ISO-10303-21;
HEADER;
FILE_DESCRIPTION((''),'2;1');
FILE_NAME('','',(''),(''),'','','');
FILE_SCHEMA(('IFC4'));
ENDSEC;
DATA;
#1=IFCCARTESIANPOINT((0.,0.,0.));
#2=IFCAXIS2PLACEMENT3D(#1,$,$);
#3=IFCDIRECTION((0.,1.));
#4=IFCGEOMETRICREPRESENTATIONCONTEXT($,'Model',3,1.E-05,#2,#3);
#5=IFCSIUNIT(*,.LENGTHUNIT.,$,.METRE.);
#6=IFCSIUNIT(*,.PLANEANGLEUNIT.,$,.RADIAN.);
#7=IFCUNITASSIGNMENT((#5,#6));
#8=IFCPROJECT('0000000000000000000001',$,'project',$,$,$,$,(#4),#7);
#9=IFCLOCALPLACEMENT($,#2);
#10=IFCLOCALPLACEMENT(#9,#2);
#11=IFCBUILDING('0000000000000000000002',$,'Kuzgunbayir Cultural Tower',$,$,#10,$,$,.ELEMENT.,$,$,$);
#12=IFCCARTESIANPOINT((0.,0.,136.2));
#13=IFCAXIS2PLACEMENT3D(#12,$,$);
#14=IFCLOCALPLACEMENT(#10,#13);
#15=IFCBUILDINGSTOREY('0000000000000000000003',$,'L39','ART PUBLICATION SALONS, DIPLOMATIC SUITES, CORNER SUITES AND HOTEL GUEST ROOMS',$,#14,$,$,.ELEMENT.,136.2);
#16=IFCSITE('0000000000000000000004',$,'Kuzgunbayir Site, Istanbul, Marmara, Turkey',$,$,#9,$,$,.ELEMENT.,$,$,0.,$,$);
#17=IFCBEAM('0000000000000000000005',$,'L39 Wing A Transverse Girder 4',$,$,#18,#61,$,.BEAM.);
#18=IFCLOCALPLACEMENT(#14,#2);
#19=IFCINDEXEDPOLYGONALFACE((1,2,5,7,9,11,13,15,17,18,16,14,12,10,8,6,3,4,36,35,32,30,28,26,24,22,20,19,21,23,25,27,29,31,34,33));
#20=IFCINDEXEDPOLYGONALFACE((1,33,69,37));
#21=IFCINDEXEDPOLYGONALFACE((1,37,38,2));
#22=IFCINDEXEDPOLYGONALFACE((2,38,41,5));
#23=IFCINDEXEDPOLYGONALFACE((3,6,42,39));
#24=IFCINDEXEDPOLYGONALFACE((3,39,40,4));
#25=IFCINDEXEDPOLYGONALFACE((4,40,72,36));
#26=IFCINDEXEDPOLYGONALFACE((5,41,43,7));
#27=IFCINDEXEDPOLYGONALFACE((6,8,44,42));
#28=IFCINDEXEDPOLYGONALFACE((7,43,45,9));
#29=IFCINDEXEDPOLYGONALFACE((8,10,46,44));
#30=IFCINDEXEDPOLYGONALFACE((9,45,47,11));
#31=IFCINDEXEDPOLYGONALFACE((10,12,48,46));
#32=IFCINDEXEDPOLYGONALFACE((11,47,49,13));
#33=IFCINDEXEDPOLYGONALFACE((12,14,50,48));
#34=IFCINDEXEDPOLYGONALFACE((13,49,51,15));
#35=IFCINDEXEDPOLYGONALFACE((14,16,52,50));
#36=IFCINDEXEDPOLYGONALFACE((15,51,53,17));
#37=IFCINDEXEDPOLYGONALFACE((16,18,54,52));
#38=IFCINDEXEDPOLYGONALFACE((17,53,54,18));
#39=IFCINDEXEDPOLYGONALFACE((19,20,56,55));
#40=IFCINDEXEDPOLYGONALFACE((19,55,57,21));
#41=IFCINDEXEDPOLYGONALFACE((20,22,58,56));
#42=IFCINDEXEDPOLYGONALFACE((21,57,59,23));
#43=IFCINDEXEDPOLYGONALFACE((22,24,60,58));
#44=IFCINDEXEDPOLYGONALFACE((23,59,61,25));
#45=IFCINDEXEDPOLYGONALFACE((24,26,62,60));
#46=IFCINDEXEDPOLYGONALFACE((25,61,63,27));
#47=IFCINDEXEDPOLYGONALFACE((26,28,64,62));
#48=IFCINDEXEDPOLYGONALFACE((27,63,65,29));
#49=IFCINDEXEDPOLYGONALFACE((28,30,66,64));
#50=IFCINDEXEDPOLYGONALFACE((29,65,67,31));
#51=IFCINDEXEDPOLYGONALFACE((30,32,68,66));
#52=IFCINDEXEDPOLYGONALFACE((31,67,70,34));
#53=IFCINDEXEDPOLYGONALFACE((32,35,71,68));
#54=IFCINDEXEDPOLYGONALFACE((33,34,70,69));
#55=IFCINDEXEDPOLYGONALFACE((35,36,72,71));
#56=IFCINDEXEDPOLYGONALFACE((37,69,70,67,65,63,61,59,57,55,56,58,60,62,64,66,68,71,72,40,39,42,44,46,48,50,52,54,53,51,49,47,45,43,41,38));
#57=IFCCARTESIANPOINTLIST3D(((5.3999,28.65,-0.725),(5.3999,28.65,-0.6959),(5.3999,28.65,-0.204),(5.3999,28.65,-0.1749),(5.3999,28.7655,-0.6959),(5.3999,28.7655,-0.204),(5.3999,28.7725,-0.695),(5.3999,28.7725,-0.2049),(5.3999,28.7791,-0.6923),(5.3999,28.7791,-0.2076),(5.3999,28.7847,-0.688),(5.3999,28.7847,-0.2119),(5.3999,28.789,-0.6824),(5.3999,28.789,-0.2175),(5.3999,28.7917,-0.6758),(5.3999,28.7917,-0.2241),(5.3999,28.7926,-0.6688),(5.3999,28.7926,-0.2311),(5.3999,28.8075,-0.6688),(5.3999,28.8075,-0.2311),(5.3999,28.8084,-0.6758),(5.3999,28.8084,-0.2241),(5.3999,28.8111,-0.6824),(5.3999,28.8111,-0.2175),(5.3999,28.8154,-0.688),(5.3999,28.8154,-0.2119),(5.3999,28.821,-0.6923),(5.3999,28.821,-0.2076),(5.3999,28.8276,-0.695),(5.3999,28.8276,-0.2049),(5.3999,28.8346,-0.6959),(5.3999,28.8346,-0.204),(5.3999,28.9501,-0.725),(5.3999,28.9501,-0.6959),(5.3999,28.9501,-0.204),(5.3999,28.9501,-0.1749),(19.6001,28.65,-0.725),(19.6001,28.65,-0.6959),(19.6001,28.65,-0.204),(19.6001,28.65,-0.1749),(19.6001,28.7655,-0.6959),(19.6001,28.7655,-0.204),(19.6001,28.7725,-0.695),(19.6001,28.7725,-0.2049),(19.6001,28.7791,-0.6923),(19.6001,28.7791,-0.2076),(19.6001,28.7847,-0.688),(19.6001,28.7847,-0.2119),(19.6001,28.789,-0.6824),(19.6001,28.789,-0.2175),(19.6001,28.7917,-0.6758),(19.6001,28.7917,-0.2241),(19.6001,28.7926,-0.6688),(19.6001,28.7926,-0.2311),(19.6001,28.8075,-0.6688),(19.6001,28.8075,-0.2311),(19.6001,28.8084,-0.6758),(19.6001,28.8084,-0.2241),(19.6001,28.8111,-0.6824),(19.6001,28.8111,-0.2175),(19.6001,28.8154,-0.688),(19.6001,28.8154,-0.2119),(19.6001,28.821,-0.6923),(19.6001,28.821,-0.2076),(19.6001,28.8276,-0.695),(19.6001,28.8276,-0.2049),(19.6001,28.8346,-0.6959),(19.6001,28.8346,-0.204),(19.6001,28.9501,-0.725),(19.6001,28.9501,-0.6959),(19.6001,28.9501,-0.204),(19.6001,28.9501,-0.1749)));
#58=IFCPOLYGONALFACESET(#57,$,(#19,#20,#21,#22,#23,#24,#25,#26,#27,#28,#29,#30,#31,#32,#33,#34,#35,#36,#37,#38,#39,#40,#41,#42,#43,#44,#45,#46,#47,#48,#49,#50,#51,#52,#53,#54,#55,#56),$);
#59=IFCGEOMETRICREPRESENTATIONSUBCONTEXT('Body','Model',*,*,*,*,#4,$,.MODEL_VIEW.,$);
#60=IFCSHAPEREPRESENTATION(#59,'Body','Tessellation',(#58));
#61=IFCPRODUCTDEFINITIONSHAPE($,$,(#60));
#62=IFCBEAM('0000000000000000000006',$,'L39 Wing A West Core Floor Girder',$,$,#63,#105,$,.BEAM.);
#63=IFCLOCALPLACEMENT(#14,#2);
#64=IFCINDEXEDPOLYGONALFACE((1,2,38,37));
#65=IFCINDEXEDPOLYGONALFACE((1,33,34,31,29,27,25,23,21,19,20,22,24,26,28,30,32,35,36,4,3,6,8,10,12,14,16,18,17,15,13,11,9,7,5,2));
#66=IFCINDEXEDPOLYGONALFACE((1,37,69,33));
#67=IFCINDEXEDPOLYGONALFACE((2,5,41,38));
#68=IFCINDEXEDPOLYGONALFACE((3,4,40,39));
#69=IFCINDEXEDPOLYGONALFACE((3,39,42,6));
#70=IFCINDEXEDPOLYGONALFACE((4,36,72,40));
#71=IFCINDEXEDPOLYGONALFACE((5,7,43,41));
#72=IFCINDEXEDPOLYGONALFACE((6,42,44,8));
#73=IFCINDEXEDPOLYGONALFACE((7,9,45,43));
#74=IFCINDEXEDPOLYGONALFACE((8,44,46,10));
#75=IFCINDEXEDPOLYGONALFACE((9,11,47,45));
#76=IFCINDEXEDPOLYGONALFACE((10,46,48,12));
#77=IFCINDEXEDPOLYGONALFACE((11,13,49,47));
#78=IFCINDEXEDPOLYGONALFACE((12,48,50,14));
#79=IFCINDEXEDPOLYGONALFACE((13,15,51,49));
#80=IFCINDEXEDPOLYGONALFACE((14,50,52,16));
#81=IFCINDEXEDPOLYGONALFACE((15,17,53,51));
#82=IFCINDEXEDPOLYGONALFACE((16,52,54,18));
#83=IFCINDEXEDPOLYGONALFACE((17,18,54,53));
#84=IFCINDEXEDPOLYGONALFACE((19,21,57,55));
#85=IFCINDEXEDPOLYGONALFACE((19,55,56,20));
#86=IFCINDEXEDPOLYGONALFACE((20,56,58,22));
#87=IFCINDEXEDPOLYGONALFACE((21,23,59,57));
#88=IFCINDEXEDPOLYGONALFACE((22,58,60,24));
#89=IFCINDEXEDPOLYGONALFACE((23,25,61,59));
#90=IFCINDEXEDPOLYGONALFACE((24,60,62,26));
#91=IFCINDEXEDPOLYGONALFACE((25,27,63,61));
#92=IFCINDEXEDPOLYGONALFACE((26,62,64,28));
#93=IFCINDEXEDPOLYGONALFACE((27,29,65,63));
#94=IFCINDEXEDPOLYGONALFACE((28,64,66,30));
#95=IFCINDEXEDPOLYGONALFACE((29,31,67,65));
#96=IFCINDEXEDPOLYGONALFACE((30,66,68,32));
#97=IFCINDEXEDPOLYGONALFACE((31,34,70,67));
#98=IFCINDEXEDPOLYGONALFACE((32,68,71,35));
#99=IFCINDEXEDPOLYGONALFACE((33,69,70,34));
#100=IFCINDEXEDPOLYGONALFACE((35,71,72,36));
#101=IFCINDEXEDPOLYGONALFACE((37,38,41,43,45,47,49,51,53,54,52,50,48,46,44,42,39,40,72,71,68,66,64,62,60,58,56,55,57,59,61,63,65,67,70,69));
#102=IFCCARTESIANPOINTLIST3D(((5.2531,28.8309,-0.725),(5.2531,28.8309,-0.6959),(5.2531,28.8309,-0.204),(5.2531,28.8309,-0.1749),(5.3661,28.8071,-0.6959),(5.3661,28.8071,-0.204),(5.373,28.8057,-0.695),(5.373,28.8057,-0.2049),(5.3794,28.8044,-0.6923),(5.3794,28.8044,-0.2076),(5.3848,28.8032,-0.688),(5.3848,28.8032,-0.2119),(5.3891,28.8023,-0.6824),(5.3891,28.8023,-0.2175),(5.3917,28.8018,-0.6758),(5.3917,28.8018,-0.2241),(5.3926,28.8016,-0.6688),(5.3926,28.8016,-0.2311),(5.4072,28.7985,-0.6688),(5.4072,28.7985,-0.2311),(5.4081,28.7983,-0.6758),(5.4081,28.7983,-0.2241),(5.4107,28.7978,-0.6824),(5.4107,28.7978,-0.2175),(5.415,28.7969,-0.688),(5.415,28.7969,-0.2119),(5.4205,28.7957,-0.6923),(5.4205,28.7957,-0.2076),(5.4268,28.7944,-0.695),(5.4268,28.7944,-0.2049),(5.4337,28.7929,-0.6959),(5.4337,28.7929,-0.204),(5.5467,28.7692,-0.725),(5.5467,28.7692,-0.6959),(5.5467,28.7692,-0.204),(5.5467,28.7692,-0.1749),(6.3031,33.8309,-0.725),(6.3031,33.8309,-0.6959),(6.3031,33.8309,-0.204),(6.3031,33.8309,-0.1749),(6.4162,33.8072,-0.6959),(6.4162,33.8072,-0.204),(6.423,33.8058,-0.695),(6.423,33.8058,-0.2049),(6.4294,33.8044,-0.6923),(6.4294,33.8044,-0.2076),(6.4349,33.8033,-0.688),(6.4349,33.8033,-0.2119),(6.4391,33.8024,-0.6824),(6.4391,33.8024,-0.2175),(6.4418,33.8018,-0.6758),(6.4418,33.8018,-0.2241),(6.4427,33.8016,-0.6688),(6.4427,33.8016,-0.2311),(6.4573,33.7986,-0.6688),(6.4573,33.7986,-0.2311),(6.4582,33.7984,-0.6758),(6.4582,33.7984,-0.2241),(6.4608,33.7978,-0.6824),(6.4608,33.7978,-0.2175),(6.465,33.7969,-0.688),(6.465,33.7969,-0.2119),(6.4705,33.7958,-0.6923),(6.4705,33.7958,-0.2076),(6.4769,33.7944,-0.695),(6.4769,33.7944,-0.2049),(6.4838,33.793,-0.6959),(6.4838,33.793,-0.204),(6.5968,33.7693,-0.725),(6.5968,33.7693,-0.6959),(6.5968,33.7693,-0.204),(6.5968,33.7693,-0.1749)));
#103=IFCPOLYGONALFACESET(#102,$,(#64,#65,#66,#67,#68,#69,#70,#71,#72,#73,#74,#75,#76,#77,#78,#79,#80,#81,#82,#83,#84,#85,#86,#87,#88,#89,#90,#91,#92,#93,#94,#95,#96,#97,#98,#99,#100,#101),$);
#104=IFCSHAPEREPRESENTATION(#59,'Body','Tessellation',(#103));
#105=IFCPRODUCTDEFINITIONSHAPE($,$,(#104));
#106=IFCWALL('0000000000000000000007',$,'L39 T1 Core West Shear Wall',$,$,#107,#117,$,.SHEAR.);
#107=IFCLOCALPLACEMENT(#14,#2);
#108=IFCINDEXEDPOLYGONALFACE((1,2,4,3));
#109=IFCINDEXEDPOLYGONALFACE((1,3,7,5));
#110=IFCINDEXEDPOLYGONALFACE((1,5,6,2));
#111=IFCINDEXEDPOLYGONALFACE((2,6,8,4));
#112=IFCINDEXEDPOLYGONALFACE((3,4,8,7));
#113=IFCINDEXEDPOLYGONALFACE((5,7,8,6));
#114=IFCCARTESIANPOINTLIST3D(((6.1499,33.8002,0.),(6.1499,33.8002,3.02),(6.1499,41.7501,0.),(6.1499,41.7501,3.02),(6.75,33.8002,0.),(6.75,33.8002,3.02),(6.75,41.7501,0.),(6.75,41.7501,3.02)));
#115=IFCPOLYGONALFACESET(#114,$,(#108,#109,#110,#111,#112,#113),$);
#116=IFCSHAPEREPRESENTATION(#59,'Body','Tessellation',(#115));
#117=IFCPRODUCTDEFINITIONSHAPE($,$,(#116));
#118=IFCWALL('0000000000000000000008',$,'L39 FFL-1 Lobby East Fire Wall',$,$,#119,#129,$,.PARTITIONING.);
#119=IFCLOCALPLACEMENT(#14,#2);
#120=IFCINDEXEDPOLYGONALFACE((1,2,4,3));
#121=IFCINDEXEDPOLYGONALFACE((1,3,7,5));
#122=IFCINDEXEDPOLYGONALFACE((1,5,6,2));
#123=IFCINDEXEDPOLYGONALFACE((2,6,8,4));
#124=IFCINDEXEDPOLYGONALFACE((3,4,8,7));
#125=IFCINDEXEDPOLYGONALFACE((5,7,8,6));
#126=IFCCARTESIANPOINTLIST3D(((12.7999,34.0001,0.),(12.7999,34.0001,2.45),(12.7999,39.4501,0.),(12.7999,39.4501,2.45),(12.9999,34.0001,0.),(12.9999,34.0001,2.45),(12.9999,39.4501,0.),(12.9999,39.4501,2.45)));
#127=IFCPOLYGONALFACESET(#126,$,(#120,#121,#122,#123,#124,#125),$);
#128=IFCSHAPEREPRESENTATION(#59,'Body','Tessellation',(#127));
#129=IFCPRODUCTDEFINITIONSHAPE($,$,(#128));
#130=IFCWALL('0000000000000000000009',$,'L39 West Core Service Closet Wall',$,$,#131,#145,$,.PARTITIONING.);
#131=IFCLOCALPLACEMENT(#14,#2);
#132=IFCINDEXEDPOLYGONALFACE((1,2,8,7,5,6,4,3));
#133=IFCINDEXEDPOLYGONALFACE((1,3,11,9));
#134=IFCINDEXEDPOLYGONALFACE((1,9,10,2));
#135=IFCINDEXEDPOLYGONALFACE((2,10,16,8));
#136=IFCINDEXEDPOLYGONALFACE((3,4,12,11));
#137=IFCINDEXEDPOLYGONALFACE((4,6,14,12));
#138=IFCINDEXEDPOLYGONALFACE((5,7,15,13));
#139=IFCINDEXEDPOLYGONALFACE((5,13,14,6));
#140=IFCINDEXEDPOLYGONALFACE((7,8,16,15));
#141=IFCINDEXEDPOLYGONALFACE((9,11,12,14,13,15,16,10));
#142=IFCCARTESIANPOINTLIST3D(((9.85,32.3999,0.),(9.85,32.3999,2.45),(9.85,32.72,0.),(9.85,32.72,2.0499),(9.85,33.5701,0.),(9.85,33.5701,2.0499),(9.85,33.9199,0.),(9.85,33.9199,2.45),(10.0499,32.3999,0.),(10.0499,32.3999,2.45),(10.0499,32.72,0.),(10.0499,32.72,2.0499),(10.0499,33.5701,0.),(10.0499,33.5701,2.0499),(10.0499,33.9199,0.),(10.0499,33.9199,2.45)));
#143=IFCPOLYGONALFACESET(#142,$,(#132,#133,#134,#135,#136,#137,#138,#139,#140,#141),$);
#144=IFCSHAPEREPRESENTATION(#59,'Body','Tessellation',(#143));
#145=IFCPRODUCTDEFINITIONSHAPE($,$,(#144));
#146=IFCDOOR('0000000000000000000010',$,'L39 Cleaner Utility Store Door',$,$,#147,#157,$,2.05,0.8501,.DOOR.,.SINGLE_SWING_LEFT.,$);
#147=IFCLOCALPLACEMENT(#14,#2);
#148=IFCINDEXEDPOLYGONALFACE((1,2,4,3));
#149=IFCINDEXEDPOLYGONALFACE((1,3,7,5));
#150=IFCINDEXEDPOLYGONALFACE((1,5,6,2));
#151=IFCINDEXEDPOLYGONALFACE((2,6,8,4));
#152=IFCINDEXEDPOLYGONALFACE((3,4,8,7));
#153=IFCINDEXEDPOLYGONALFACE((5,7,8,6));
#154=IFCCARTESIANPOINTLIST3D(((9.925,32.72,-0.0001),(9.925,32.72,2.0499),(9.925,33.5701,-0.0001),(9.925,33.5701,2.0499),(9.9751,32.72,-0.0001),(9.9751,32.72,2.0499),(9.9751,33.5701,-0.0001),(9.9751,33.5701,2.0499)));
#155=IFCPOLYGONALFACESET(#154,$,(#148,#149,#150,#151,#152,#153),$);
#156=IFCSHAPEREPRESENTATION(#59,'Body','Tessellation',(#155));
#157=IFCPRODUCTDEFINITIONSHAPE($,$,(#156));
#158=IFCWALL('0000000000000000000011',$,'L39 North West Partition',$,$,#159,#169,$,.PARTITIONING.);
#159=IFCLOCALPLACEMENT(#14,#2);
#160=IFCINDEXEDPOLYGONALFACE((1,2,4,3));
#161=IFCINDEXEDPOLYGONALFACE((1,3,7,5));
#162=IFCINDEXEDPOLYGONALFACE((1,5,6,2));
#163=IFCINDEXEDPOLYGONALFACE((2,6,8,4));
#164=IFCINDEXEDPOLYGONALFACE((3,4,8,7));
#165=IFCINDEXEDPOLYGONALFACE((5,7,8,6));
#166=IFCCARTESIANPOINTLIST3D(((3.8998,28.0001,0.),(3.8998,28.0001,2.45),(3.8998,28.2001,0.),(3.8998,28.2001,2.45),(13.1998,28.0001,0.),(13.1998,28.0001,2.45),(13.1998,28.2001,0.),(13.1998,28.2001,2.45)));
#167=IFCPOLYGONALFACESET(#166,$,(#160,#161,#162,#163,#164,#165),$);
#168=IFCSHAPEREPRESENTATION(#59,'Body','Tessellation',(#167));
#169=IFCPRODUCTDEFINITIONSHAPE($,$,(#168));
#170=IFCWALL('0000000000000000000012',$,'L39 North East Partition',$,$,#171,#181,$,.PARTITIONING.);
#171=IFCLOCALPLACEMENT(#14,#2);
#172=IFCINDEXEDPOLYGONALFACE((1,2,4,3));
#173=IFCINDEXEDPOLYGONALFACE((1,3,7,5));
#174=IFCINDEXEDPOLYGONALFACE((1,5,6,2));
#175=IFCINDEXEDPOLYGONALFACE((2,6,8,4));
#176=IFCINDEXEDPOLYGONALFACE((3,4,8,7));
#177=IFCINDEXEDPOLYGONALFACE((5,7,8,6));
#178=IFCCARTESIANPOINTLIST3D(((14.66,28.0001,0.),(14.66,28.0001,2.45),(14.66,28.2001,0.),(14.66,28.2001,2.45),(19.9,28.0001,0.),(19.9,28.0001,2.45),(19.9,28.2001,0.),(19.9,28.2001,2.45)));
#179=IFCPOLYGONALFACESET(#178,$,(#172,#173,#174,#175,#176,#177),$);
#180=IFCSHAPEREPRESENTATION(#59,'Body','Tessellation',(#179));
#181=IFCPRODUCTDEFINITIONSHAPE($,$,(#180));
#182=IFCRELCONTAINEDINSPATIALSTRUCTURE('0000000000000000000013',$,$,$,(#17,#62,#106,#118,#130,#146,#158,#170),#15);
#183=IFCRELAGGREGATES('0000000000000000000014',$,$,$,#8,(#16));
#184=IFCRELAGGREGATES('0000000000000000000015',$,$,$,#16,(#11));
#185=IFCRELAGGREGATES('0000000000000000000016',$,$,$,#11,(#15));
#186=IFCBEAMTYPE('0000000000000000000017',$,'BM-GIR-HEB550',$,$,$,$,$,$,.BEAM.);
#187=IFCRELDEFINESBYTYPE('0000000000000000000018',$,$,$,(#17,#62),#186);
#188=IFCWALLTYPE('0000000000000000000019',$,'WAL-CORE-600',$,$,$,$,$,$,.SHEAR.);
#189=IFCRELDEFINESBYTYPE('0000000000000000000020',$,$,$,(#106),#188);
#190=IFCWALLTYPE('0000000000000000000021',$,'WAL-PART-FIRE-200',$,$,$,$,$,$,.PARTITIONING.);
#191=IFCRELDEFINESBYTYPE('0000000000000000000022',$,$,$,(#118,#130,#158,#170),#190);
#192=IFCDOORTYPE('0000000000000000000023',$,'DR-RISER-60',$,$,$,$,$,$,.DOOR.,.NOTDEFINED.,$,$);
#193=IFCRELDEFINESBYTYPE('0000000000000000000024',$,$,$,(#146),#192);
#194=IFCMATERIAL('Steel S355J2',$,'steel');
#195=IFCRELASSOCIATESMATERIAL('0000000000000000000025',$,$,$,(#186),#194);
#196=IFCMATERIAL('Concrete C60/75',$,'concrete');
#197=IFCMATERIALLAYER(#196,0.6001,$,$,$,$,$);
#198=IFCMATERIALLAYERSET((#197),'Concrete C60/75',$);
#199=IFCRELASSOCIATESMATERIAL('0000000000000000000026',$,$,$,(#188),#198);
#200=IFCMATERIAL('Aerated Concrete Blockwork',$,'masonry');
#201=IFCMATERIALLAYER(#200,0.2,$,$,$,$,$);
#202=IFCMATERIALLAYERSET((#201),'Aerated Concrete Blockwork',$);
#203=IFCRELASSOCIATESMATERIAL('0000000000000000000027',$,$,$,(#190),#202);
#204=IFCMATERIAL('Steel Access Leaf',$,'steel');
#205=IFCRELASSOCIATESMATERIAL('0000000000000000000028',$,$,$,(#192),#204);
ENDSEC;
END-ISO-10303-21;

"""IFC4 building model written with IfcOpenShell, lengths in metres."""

from ifc_helpers import new_model, si_unit, direction, frame, frame_2d, origin, origin_2d, place, context, subcontext, project, spatial, rectangle, i_section, extrude, material, layer, layer_set, material_profile, profile_set, type_object, element, fill, save


model = new_model("IFC4")

# Units and contexts
model_context = context("Model", 3, precision=1e-05, world=origin(), true_north=direction((0.0, 1.0)))
body_context = subcontext(model_context, "Body", "Model", "MODEL_VIEW")
ifc_project = project(units=[si_unit("LENGTHUNIT", "METRE"), si_unit("PLANEANGLEUNIT", "RADIAN")], contexts=[model_context])

# Site, building, storey
site_placement = place(None, origin())
site = spatial("IfcSite", under=ifc_project, at=site_placement, Name="Kuzgunbayir Site, Istanbul, Marmara, Turkey", CompositionType="ELEMENT", RefElevation=0.0)
building_placement = place(site_placement, origin())
building = spatial("IfcBuilding", under=site, at=building_placement, Name="Kuzgunbayir Cultural Tower", CompositionType="ELEMENT")
storey_placement = place(building_placement, frame((0.0, 0.0, 136.2)))
storey = spatial("IfcBuildingStorey", under=building, at=storey_placement, Name="L39", Description="ART PUBLICATION SALONS, DIPLOMATIC SUITES, CORNER SUITES AND HOTEL GUEST ROOMS", CompositionType="ELEMENT", Elevation=136.2)

# Beams
ifc_material_1 = material(Name="Steel S355J2", Category="steel")
ifc_material_profile_1 = material_profile(ifc_material_1, i_section(OverallWidth=0.3, OverallDepth=0.55, WebThickness=0.0149, FlangeThickness=0.0291, FilletRadius=0.0271, at=origin_2d()), Name="HEB 550")
ifc_profile_set_1 = profile_set([ifc_material_profile_1], Name="Steel S355J2")
beam_type = type_object("IfcBeamType", Name="BM-GIR-HEB550", PredefinedType="BEAM", material=ifc_profile_set_1)
beam_1_placement = place(storey_placement, frame((5.3999, 28.8, -0.45), z_axis=(1.0, 0.0, 0.0), x_axis=(0.0, 1.0, 0.0)))
element("IfcBeam", 1, at=beam_1_placement, inside=storey, type_object=beam_type, Name="L39 Wing A Transverse Girder 4", PredefinedType="BEAM", context=body_context, shape_type="SweptSolid", body=[
    extrude(i_section(OverallWidth=0.3, OverallDepth=0.55, WebThickness=0.0149, FlangeThickness=0.0291, FilletRadius=0.0271, at=origin_2d()), origin(), (0.0, 0.0, 1.0), 14.2002),
])
beam_2_placement = place(storey_placement, frame((5.3999, 28.8, -0.45), z_axis=(0.205526, 0.978652, 0.0), x_axis=(-0.978652, 0.205526, 0.0)))
element("IfcBeam", 2, at=beam_2_placement, inside=storey, type_object=beam_type, Name="L39 Wing A West Core Floor Girder", PredefinedType="BEAM", context=body_context, shape_type="SweptSolid", body=[
    extrude(i_section(OverallWidth=0.3, OverallDepth=0.55, WebThickness=0.0149, FlangeThickness=0.0291, FilletRadius=0.0271, at=origin_2d()), origin(), (0.0, 0.0, 1.0), 5.1091),
])

# Walls
ifc_material_2 = material(Name="Concrete C60/75", Category="concrete")
ifc_layer_1 = layer(ifc_material_2, 0.6001)
ifc_layer_set_1 = layer_set([ifc_layer_1], Name="Concrete C60/75")
wall_type_1 = type_object("IfcWallType", Name="WAL-CORE-600", PredefinedType="SHEAR", material=ifc_layer_set_1)
wall_1_placement = place(storey_placement, frame((6.45, 33.8, 0.0), z_axis=(0.0, 0.0, 1.0), x_axis=(0.0, 1.0, 0.0)))
element("IfcWall", 3, at=wall_1_placement, inside=storey, type_object=wall_type_1, Name="L39 T1 Core West Shear Wall", PredefinedType="SHEAR", context=body_context, shape_type="SweptSolid", body=[
    extrude(rectangle(XDim=7.95, YDim=0.6001, at=frame_2d((3.9751, 0.0))), origin(), (0.0, 0.0, 1.0), 3.02),
])
ifc_material_3 = material(Name="Aerated Concrete Blockwork", Category="masonry")
ifc_layer_2 = layer(ifc_material_3, 0.2)
ifc_layer_set_2 = layer_set([ifc_layer_2], Name="Aerated Concrete Blockwork")
wall_type_2 = type_object("IfcWallType", Name="WAL-PART-FIRE-200", PredefinedType="PARTITIONING", material=ifc_layer_set_2)
wall_2_placement = place(storey_placement, frame((12.8999, 34.0, 0.0), z_axis=(0.0, 0.0, 1.0), x_axis=(0.0, 1.0, 0.0)))
element("IfcWall", 4, at=wall_2_placement, inside=storey, type_object=wall_type_2, Name="L39 FFL-1 Lobby East Fire Wall", PredefinedType="PARTITIONING", context=body_context, shape_type="SweptSolid", body=[
    extrude(rectangle(XDim=5.45, YDim=0.2, at=frame_2d((2.7251, 0.0))), origin(), (0.0, 0.0, 1.0), 2.45),
])

# Wall, opening, door
wall_3_placement = place(storey_placement, frame((9.95, 32.3999, 0.0), z_axis=(0.0, 0.0, 1.0), x_axis=(0.0, 1.0, 0.0)))
wall_3 = element("IfcWall", 5, at=wall_3_placement, inside=storey, type_object=wall_type_2, Name="L39 West Core Service Closet Wall", PredefinedType="PARTITIONING", context=body_context, shape_type="SweptSolid", body=[
    extrude(rectangle(XDim=1.52, YDim=0.2, at=frame_2d((0.76, 0.0))), origin(), (0.0, 0.0, 1.0), 2.45),
])
opening_1_placement = place(wall_3_placement, frame((0.3201, 0.0, 0.0)))
opening_1 = element("IfcOpeningElement", 6, at=opening_1_placement, cuts=wall_3, PredefinedType="OPENING", context=body_context, shape_type="SweptSolid", body=[
    extrude(rectangle(XDim=0.8501, YDim=2.05, at=frame_2d((0.425, 1.0249))), frame((0.0, 0.1099, 0.0), z_axis=(0.0, -1.0, 0.0), x_axis=(1.0, 0.0, 0.0)), (0.0, 0.0, 1.0), 0.22),
])
ifc_material_4 = material(Name="Steel Access Leaf", Category="steel")
door_type_1 = type_object("IfcDoorType", Name="DR-RISER-60", OperationType="NOTDEFINED", PredefinedType="DOOR", material=ifc_material_4)
door_1_placement = place(opening_1_placement, origin())
door_1 = element("IfcDoor", 7, at=door_1_placement, inside=storey, type_object=door_type_1, Name="L39 Cleaner Utility Store Door", OperationType="SINGLE_SWING_LEFT", OverallHeight=2.05, OverallWidth=0.8501, PredefinedType="DOOR", context=body_context, shape_type="SweptSolid", body=[
    extrude(rectangle(XDim=0.8501, YDim=2.05, at=frame_2d((0.425, 1.0249))), frame((0.0, 0.0249, 0.0), z_axis=(0.0, -1.0, 0.0), x_axis=(1.0, 0.0, 0.0)), (0.0, 0.0, 1.0), 0.05),
])
fill(opening_1, door_1)

# Walls
wall_4_placement = place(storey_placement, frame((3.8999, 28.1001, 0.0), z_axis=(0.0, 0.0, 1.0), x_axis=(1.0, 0.0, 0.0)))
element("IfcWall", 8, at=wall_4_placement, inside=storey, type_object=wall_type_2, Name="L39 North West Partition", PredefinedType="PARTITIONING", context=body_context, shape_type="SweptSolid", body=[
    extrude(rectangle(XDim=9.3, YDim=0.2, at=frame_2d((4.6499, 0.0))), origin(), (0.0, 0.0, 1.0), 2.45),
])
wall_5_placement = place(storey_placement, frame((14.6599, 28.1001, 0.0), z_axis=(0.0, 0.0, 1.0), x_axis=(1.0, 0.0, 0.0)))
element("IfcWall", 9, at=wall_5_placement, inside=storey, type_object=wall_type_2, Name="L39 North East Partition", PredefinedType="PARTITIONING", context=body_context, shape_type="SweptSolid", body=[
    extrude(rectangle(XDim=5.24, YDim=0.2, at=frame_2d((2.6201, 0.0))), origin(), (0.0, 0.0, 1.0), 2.45),
])

save(model, "model.ifc")
